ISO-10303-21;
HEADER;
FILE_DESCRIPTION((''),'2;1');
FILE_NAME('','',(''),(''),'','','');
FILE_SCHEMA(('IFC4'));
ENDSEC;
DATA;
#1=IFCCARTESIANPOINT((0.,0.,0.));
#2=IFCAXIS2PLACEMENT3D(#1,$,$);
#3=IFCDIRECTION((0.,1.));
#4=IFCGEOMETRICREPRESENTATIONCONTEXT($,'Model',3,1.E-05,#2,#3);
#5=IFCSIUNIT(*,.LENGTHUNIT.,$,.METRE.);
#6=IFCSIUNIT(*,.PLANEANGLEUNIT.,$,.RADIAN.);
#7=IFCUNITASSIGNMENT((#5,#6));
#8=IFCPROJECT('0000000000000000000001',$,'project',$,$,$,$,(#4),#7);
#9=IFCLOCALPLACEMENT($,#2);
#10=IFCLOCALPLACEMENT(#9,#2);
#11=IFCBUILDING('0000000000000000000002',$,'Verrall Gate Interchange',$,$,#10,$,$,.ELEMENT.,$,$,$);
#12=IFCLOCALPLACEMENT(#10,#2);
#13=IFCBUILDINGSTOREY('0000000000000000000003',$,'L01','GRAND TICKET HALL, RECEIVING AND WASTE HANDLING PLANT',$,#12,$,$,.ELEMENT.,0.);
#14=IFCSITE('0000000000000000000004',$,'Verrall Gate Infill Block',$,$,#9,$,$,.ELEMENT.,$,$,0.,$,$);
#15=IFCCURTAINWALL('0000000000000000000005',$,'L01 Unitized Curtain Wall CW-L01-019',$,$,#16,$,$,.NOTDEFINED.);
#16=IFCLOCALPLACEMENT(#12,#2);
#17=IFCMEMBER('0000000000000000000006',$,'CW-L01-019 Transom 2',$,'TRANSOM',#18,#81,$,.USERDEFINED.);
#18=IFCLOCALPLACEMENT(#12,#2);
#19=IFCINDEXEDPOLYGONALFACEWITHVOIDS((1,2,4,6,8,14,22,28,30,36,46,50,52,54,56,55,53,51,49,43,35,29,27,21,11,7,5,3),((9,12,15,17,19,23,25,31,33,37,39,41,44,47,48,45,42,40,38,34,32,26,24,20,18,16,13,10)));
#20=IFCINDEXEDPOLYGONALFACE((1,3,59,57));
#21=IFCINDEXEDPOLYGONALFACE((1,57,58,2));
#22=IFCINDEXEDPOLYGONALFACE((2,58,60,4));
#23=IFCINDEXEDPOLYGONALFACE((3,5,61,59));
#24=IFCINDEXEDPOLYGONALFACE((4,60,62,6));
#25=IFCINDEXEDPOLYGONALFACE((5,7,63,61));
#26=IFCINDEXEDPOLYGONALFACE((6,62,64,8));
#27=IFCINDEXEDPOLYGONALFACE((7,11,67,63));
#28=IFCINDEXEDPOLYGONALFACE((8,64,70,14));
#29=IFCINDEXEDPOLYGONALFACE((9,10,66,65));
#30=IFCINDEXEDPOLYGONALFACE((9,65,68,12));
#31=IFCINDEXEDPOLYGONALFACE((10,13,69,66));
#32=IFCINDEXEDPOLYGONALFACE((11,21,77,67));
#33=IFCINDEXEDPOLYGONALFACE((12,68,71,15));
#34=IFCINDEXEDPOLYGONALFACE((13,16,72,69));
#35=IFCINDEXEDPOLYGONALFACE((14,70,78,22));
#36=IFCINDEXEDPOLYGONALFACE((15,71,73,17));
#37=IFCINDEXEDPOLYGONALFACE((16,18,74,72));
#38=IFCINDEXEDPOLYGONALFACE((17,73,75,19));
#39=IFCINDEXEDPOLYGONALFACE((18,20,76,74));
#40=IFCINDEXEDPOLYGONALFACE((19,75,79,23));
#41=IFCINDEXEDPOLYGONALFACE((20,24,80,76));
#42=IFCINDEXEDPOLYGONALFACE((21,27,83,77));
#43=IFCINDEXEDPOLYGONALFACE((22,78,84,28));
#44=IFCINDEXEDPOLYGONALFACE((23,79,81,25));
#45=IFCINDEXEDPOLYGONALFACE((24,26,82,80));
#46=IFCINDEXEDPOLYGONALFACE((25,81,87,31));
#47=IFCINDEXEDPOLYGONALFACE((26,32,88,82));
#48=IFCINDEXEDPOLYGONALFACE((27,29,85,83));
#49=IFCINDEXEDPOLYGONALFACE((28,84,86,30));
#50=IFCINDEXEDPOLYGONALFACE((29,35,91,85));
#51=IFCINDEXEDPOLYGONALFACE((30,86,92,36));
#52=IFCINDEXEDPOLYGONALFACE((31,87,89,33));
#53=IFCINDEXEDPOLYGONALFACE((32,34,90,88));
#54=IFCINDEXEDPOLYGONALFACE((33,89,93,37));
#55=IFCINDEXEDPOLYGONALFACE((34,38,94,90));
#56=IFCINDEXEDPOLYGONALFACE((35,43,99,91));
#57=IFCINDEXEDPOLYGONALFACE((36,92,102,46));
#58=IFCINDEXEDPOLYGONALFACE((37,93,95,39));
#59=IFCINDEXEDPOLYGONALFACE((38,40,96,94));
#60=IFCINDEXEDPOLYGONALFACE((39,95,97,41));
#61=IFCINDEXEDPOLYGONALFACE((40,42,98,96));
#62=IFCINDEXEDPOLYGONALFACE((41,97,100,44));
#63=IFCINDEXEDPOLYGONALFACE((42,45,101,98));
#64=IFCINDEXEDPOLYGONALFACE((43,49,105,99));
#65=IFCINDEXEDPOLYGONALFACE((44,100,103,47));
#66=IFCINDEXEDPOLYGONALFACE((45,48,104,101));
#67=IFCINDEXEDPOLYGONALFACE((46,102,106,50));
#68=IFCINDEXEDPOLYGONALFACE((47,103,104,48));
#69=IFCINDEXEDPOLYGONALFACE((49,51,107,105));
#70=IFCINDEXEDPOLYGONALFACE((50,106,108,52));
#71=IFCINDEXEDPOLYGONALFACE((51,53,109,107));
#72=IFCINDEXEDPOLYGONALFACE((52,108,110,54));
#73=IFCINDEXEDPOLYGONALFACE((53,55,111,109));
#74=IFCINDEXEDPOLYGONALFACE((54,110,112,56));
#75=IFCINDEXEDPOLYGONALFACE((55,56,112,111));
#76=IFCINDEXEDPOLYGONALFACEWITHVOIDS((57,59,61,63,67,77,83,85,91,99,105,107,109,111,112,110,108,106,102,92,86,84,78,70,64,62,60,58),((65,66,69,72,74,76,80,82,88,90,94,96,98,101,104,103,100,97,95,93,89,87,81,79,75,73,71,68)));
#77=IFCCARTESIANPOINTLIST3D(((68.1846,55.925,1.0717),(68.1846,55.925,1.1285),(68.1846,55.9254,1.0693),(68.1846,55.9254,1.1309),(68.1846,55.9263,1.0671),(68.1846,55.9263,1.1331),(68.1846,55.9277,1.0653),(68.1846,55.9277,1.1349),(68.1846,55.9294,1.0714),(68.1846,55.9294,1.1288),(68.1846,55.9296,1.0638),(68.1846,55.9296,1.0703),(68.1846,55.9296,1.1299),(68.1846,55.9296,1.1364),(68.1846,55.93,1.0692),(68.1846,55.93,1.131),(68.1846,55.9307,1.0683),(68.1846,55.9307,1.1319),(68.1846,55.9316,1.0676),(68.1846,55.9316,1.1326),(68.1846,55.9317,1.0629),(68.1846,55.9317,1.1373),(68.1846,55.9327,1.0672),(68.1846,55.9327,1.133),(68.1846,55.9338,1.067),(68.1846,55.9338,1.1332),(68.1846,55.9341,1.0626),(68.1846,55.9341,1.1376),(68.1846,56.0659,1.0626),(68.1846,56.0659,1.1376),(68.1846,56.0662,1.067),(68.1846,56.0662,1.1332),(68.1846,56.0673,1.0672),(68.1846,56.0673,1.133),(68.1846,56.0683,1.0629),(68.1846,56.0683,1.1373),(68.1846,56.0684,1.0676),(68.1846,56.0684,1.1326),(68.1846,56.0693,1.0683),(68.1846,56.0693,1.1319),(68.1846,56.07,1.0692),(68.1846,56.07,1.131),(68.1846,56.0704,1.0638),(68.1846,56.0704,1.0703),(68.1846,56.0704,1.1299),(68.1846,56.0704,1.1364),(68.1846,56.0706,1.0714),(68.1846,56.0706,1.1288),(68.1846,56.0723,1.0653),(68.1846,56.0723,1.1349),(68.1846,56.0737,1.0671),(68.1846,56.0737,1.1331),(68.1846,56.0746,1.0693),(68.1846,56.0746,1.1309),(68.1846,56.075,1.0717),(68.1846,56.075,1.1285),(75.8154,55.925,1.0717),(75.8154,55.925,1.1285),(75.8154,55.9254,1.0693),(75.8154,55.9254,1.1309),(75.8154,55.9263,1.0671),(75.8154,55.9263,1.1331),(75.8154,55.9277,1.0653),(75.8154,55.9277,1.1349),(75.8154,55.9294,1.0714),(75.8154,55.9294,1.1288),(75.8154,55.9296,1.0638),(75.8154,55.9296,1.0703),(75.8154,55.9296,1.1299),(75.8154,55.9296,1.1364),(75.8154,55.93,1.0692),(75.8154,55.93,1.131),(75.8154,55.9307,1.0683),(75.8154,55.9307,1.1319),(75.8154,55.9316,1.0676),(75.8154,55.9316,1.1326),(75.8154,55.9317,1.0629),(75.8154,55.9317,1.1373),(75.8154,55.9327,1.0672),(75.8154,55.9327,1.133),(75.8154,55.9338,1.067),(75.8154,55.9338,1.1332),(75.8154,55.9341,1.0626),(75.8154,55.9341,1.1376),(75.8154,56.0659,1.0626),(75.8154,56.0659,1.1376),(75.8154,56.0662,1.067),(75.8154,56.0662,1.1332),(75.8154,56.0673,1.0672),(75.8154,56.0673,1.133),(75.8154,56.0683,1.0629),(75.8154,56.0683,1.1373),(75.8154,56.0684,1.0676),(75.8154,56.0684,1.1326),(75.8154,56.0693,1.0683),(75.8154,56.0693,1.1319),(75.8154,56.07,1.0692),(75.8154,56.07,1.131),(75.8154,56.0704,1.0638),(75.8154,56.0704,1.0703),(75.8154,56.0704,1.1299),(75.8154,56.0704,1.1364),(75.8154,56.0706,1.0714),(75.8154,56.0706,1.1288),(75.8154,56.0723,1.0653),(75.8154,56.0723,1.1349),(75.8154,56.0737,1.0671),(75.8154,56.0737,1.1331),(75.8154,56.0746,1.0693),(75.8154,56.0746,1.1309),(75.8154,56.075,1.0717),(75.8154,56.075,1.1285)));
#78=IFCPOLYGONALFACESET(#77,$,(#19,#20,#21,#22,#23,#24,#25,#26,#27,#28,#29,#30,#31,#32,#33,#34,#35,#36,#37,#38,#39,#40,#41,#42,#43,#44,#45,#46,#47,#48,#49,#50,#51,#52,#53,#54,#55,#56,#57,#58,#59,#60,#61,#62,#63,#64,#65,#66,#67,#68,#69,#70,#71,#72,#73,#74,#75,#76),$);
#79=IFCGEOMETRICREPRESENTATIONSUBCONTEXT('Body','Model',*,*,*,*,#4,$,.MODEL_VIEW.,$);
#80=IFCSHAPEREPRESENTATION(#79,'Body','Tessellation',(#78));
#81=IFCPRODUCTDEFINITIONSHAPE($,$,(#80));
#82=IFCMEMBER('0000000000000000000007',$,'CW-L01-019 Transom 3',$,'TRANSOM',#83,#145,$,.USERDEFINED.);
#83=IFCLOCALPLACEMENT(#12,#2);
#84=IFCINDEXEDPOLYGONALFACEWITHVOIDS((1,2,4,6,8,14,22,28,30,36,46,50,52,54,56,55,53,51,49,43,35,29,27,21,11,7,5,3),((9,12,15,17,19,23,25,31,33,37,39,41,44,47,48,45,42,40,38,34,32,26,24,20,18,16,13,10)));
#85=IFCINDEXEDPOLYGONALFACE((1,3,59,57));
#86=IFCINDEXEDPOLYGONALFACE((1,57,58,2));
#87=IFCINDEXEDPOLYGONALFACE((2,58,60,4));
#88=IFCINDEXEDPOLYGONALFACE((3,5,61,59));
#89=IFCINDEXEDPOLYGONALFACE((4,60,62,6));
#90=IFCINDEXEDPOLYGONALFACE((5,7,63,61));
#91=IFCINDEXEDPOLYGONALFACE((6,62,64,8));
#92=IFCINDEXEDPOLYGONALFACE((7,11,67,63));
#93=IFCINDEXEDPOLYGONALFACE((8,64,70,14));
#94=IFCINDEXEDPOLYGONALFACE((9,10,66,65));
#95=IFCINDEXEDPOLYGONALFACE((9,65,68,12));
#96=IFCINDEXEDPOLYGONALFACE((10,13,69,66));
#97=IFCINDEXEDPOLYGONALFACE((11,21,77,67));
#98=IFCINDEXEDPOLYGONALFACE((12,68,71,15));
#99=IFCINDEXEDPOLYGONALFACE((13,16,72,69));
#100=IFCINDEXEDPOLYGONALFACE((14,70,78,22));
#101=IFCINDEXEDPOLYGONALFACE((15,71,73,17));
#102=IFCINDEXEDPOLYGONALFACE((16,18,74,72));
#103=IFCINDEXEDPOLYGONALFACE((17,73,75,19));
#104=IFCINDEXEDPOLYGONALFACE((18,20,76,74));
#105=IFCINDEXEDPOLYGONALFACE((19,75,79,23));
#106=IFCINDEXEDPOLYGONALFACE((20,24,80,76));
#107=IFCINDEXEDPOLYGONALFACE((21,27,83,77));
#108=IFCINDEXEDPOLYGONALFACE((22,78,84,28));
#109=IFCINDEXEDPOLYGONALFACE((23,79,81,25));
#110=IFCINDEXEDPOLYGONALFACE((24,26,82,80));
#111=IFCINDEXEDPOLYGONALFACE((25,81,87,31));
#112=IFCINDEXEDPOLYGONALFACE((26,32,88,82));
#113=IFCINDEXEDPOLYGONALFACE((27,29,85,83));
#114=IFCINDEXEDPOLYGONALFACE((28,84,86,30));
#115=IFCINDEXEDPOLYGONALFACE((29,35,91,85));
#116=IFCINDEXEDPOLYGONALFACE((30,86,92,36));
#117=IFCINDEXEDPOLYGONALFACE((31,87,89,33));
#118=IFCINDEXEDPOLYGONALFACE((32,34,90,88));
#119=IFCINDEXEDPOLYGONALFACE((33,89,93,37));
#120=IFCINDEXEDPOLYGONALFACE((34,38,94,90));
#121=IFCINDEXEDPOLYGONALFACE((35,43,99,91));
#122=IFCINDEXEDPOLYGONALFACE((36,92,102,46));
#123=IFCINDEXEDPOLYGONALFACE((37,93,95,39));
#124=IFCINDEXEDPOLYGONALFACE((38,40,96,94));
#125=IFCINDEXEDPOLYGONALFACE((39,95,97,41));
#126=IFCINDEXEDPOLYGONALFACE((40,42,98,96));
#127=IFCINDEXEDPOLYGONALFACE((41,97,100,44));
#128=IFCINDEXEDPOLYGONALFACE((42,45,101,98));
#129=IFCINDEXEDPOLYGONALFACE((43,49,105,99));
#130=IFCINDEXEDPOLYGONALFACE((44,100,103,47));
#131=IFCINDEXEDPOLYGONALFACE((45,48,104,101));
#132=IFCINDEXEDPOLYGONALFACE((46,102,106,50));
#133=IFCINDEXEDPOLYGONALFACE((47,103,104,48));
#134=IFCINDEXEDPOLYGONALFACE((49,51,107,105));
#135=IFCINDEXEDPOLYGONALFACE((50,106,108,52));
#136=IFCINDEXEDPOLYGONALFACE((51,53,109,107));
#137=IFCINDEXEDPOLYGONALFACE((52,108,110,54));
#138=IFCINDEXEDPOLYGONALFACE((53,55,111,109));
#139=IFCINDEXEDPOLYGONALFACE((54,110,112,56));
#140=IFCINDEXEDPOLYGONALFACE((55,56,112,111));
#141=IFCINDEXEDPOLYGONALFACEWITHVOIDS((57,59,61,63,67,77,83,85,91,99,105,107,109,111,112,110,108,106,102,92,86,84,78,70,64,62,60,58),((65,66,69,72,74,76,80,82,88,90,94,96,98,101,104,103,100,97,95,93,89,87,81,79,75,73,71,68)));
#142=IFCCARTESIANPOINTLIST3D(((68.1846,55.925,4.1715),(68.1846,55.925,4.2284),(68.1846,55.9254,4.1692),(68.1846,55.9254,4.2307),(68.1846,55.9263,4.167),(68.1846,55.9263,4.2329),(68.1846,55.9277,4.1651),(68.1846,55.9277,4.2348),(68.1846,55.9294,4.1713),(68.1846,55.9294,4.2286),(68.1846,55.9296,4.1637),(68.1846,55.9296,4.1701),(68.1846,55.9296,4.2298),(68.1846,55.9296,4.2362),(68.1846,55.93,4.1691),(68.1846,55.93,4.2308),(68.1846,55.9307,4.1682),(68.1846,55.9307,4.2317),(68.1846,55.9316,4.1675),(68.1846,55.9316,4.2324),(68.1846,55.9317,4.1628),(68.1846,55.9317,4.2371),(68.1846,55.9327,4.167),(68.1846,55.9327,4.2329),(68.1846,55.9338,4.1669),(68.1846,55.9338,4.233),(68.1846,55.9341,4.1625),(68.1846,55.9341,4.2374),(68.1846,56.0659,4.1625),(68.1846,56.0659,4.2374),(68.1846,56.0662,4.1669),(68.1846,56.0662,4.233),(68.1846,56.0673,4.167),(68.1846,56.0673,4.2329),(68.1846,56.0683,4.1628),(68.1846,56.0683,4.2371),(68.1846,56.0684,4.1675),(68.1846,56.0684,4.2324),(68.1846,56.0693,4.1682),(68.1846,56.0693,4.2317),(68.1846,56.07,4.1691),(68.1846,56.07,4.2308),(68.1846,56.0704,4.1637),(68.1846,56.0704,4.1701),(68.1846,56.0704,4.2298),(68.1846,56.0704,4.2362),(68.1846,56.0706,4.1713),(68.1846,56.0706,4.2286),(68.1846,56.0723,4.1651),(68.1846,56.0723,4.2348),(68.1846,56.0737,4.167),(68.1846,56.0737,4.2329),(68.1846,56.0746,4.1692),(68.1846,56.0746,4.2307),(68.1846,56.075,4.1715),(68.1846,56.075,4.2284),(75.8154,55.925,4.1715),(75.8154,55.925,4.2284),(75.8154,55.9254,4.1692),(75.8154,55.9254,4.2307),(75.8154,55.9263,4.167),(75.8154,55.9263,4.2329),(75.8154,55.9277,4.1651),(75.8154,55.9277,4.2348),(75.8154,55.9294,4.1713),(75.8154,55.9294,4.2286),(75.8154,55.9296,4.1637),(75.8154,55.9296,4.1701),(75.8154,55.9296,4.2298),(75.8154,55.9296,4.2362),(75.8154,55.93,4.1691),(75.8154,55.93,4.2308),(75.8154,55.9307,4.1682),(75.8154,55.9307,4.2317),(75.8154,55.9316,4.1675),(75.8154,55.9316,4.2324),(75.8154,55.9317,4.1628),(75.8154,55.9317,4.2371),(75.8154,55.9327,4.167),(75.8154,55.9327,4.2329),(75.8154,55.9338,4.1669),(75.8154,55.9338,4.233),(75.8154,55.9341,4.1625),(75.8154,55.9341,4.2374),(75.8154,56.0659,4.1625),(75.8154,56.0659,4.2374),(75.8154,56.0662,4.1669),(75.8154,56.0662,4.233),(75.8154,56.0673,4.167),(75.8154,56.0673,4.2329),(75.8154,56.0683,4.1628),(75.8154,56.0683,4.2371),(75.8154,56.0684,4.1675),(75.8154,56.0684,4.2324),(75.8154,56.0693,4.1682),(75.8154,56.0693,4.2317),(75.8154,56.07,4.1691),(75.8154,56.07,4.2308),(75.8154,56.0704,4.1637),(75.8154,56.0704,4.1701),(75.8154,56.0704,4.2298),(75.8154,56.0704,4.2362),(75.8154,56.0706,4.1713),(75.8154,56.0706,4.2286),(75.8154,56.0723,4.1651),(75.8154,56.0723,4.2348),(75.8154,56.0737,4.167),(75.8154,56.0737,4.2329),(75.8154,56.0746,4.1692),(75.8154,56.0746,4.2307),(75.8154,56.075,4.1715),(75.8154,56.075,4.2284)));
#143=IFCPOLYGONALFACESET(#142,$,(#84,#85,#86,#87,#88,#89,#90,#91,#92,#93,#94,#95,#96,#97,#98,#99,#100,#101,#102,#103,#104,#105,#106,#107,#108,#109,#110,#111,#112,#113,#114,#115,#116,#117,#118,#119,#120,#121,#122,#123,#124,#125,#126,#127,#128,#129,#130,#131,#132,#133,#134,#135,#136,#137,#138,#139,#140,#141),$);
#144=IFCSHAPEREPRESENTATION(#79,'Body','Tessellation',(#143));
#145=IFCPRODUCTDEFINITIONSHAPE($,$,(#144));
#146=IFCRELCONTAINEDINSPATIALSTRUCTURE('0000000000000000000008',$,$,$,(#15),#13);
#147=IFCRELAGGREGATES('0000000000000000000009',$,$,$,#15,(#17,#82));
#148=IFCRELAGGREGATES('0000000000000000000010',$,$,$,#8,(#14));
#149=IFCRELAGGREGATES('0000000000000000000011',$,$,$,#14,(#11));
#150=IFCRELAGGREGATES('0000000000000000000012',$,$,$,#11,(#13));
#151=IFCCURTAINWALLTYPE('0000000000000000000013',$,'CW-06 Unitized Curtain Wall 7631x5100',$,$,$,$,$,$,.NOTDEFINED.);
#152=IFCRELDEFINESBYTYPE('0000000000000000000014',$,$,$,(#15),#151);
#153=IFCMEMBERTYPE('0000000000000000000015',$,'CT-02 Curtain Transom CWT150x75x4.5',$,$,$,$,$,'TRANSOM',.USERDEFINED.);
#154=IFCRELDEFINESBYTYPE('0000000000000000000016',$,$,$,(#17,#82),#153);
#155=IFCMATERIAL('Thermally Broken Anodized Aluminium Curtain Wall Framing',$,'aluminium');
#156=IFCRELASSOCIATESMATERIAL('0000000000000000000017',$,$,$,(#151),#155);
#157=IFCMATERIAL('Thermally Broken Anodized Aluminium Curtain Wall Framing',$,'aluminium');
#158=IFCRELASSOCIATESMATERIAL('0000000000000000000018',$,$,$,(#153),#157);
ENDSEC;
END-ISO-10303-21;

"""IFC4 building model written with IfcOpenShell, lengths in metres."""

from ifc_helpers import new_model, si_unit, direction, frame, origin, origin_2d, place, context, subcontext, project, spatial, hollow_rectangle, extrude, material, material_profile, profile_set, type_object, element, aggregate, save


model = new_model("IFC4")

# Units and contexts
model_context = context("Model", 3, precision=1e-05, world=origin(), true_north=direction((0.0, 1.0)))
body_context = subcontext(model_context, "Body", "Model", "MODEL_VIEW")
ifc_project = project(units=[si_unit("LENGTHUNIT", "METRE"), si_unit("PLANEANGLEUNIT", "RADIAN")], contexts=[model_context])

# Site, building, storey
site_placement = place(None, origin())
site = spatial("IfcSite", under=ifc_project, at=site_placement, Name="Verrall Gate Infill Block", CompositionType="ELEMENT", RefElevation=0.0)
building_placement = place(site_placement, origin())
building = spatial("IfcBuilding", under=site, at=building_placement, Name="Verrall Gate Interchange", CompositionType="ELEMENT")
storey_placement = place(building_placement, origin())
storey = spatial("IfcBuildingStorey", under=building, at=storey_placement, Name="L01", Description="GRAND TICKET HALL, RECEIVING AND WASTE HANDLING PLANT", CompositionType="ELEMENT", Elevation=0.0)

# Curtain wall, members
ifc_material_1 = material(Name="Thermally Broken Anodized Aluminium Curtain Wall Framing", Category="aluminium")
curtain_wall_type = type_object("IfcCurtainWallType", Name="CW-06 Unitized Curtain Wall 7631x5100", PredefinedType="NOTDEFINED", material=ifc_material_1)
curtain_wall_placement = place(storey_placement, origin())
curtain_wall = element("IfcCurtainWall", 1, at=curtain_wall_placement, inside=storey, type_object=curtain_wall_type, Name="L01 Unitized Curtain Wall CW-L01-019", PredefinedType="NOTDEFINED")
ifc_material_2 = material(Name="Thermally Broken Anodized Aluminium Curtain Wall Framing", Category="aluminium")
ifc_material_profile_1 = material_profile(ifc_material_2, hollow_rectangle(XDim=0.1499, YDim=0.075, WallThickness=0.0044, InnerFilletRadius=0.0044, OuterFilletRadius=0.009, at=origin_2d()), Name="CWT150x75x4.5")
ifc_profile_set_1 = profile_set([ifc_material_profile_1], Name="Thermally Broken Anodized Aluminium Curtain Wall Framing")
member_type_1 = type_object("IfcMemberType", Name="CT-02 Curtain Transom CWT150x75x4.5", ElementType="TRANSOM", PredefinedType="USERDEFINED", material=ifc_profile_set_1)
member_1_placement = place(storey_placement, frame((75.8154, 56.0, 1.1001), z_axis=(-1.0, 0.0, 0.0), x_axis=(0.0, -1.0, 0.0)))
member_1 = element("IfcMember", 2, at=member_1_placement, type_object=member_type_1, Name="CW-L01-019 Transom 2", ObjectType="TRANSOM", PredefinedType="USERDEFINED", context=body_context, shape_type="SweptSolid", body=[
    extrude(hollow_rectangle(XDim=0.1499, YDim=0.075, WallThickness=0.0044, InnerFilletRadius=0.0044, OuterFilletRadius=0.009, at=origin_2d()), origin(), (0.0, 0.0, 1.0), 7.6309),
])
member_2_placement = place(storey_placement, frame((75.8154, 56.0, 4.2), z_axis=(-1.0, 0.0, 0.0), x_axis=(0.0, -1.0, 0.0)))
member_2 = element("IfcMember", 3, at=member_2_placement, type_object=member_type_1, Name="CW-L01-019 Transom 3", ObjectType="TRANSOM", PredefinedType="USERDEFINED", context=body_context, shape_type="SweptSolid", body=[
    extrude(hollow_rectangle(XDim=0.1499, YDim=0.075, WallThickness=0.0044, InnerFilletRadius=0.0044, OuterFilletRadius=0.009, at=origin_2d()), origin(), (0.0, 0.0, 1.0), 7.6309),
])

aggregate(curtain_wall, [member_1, member_2])

save(model, "model.ifc")
